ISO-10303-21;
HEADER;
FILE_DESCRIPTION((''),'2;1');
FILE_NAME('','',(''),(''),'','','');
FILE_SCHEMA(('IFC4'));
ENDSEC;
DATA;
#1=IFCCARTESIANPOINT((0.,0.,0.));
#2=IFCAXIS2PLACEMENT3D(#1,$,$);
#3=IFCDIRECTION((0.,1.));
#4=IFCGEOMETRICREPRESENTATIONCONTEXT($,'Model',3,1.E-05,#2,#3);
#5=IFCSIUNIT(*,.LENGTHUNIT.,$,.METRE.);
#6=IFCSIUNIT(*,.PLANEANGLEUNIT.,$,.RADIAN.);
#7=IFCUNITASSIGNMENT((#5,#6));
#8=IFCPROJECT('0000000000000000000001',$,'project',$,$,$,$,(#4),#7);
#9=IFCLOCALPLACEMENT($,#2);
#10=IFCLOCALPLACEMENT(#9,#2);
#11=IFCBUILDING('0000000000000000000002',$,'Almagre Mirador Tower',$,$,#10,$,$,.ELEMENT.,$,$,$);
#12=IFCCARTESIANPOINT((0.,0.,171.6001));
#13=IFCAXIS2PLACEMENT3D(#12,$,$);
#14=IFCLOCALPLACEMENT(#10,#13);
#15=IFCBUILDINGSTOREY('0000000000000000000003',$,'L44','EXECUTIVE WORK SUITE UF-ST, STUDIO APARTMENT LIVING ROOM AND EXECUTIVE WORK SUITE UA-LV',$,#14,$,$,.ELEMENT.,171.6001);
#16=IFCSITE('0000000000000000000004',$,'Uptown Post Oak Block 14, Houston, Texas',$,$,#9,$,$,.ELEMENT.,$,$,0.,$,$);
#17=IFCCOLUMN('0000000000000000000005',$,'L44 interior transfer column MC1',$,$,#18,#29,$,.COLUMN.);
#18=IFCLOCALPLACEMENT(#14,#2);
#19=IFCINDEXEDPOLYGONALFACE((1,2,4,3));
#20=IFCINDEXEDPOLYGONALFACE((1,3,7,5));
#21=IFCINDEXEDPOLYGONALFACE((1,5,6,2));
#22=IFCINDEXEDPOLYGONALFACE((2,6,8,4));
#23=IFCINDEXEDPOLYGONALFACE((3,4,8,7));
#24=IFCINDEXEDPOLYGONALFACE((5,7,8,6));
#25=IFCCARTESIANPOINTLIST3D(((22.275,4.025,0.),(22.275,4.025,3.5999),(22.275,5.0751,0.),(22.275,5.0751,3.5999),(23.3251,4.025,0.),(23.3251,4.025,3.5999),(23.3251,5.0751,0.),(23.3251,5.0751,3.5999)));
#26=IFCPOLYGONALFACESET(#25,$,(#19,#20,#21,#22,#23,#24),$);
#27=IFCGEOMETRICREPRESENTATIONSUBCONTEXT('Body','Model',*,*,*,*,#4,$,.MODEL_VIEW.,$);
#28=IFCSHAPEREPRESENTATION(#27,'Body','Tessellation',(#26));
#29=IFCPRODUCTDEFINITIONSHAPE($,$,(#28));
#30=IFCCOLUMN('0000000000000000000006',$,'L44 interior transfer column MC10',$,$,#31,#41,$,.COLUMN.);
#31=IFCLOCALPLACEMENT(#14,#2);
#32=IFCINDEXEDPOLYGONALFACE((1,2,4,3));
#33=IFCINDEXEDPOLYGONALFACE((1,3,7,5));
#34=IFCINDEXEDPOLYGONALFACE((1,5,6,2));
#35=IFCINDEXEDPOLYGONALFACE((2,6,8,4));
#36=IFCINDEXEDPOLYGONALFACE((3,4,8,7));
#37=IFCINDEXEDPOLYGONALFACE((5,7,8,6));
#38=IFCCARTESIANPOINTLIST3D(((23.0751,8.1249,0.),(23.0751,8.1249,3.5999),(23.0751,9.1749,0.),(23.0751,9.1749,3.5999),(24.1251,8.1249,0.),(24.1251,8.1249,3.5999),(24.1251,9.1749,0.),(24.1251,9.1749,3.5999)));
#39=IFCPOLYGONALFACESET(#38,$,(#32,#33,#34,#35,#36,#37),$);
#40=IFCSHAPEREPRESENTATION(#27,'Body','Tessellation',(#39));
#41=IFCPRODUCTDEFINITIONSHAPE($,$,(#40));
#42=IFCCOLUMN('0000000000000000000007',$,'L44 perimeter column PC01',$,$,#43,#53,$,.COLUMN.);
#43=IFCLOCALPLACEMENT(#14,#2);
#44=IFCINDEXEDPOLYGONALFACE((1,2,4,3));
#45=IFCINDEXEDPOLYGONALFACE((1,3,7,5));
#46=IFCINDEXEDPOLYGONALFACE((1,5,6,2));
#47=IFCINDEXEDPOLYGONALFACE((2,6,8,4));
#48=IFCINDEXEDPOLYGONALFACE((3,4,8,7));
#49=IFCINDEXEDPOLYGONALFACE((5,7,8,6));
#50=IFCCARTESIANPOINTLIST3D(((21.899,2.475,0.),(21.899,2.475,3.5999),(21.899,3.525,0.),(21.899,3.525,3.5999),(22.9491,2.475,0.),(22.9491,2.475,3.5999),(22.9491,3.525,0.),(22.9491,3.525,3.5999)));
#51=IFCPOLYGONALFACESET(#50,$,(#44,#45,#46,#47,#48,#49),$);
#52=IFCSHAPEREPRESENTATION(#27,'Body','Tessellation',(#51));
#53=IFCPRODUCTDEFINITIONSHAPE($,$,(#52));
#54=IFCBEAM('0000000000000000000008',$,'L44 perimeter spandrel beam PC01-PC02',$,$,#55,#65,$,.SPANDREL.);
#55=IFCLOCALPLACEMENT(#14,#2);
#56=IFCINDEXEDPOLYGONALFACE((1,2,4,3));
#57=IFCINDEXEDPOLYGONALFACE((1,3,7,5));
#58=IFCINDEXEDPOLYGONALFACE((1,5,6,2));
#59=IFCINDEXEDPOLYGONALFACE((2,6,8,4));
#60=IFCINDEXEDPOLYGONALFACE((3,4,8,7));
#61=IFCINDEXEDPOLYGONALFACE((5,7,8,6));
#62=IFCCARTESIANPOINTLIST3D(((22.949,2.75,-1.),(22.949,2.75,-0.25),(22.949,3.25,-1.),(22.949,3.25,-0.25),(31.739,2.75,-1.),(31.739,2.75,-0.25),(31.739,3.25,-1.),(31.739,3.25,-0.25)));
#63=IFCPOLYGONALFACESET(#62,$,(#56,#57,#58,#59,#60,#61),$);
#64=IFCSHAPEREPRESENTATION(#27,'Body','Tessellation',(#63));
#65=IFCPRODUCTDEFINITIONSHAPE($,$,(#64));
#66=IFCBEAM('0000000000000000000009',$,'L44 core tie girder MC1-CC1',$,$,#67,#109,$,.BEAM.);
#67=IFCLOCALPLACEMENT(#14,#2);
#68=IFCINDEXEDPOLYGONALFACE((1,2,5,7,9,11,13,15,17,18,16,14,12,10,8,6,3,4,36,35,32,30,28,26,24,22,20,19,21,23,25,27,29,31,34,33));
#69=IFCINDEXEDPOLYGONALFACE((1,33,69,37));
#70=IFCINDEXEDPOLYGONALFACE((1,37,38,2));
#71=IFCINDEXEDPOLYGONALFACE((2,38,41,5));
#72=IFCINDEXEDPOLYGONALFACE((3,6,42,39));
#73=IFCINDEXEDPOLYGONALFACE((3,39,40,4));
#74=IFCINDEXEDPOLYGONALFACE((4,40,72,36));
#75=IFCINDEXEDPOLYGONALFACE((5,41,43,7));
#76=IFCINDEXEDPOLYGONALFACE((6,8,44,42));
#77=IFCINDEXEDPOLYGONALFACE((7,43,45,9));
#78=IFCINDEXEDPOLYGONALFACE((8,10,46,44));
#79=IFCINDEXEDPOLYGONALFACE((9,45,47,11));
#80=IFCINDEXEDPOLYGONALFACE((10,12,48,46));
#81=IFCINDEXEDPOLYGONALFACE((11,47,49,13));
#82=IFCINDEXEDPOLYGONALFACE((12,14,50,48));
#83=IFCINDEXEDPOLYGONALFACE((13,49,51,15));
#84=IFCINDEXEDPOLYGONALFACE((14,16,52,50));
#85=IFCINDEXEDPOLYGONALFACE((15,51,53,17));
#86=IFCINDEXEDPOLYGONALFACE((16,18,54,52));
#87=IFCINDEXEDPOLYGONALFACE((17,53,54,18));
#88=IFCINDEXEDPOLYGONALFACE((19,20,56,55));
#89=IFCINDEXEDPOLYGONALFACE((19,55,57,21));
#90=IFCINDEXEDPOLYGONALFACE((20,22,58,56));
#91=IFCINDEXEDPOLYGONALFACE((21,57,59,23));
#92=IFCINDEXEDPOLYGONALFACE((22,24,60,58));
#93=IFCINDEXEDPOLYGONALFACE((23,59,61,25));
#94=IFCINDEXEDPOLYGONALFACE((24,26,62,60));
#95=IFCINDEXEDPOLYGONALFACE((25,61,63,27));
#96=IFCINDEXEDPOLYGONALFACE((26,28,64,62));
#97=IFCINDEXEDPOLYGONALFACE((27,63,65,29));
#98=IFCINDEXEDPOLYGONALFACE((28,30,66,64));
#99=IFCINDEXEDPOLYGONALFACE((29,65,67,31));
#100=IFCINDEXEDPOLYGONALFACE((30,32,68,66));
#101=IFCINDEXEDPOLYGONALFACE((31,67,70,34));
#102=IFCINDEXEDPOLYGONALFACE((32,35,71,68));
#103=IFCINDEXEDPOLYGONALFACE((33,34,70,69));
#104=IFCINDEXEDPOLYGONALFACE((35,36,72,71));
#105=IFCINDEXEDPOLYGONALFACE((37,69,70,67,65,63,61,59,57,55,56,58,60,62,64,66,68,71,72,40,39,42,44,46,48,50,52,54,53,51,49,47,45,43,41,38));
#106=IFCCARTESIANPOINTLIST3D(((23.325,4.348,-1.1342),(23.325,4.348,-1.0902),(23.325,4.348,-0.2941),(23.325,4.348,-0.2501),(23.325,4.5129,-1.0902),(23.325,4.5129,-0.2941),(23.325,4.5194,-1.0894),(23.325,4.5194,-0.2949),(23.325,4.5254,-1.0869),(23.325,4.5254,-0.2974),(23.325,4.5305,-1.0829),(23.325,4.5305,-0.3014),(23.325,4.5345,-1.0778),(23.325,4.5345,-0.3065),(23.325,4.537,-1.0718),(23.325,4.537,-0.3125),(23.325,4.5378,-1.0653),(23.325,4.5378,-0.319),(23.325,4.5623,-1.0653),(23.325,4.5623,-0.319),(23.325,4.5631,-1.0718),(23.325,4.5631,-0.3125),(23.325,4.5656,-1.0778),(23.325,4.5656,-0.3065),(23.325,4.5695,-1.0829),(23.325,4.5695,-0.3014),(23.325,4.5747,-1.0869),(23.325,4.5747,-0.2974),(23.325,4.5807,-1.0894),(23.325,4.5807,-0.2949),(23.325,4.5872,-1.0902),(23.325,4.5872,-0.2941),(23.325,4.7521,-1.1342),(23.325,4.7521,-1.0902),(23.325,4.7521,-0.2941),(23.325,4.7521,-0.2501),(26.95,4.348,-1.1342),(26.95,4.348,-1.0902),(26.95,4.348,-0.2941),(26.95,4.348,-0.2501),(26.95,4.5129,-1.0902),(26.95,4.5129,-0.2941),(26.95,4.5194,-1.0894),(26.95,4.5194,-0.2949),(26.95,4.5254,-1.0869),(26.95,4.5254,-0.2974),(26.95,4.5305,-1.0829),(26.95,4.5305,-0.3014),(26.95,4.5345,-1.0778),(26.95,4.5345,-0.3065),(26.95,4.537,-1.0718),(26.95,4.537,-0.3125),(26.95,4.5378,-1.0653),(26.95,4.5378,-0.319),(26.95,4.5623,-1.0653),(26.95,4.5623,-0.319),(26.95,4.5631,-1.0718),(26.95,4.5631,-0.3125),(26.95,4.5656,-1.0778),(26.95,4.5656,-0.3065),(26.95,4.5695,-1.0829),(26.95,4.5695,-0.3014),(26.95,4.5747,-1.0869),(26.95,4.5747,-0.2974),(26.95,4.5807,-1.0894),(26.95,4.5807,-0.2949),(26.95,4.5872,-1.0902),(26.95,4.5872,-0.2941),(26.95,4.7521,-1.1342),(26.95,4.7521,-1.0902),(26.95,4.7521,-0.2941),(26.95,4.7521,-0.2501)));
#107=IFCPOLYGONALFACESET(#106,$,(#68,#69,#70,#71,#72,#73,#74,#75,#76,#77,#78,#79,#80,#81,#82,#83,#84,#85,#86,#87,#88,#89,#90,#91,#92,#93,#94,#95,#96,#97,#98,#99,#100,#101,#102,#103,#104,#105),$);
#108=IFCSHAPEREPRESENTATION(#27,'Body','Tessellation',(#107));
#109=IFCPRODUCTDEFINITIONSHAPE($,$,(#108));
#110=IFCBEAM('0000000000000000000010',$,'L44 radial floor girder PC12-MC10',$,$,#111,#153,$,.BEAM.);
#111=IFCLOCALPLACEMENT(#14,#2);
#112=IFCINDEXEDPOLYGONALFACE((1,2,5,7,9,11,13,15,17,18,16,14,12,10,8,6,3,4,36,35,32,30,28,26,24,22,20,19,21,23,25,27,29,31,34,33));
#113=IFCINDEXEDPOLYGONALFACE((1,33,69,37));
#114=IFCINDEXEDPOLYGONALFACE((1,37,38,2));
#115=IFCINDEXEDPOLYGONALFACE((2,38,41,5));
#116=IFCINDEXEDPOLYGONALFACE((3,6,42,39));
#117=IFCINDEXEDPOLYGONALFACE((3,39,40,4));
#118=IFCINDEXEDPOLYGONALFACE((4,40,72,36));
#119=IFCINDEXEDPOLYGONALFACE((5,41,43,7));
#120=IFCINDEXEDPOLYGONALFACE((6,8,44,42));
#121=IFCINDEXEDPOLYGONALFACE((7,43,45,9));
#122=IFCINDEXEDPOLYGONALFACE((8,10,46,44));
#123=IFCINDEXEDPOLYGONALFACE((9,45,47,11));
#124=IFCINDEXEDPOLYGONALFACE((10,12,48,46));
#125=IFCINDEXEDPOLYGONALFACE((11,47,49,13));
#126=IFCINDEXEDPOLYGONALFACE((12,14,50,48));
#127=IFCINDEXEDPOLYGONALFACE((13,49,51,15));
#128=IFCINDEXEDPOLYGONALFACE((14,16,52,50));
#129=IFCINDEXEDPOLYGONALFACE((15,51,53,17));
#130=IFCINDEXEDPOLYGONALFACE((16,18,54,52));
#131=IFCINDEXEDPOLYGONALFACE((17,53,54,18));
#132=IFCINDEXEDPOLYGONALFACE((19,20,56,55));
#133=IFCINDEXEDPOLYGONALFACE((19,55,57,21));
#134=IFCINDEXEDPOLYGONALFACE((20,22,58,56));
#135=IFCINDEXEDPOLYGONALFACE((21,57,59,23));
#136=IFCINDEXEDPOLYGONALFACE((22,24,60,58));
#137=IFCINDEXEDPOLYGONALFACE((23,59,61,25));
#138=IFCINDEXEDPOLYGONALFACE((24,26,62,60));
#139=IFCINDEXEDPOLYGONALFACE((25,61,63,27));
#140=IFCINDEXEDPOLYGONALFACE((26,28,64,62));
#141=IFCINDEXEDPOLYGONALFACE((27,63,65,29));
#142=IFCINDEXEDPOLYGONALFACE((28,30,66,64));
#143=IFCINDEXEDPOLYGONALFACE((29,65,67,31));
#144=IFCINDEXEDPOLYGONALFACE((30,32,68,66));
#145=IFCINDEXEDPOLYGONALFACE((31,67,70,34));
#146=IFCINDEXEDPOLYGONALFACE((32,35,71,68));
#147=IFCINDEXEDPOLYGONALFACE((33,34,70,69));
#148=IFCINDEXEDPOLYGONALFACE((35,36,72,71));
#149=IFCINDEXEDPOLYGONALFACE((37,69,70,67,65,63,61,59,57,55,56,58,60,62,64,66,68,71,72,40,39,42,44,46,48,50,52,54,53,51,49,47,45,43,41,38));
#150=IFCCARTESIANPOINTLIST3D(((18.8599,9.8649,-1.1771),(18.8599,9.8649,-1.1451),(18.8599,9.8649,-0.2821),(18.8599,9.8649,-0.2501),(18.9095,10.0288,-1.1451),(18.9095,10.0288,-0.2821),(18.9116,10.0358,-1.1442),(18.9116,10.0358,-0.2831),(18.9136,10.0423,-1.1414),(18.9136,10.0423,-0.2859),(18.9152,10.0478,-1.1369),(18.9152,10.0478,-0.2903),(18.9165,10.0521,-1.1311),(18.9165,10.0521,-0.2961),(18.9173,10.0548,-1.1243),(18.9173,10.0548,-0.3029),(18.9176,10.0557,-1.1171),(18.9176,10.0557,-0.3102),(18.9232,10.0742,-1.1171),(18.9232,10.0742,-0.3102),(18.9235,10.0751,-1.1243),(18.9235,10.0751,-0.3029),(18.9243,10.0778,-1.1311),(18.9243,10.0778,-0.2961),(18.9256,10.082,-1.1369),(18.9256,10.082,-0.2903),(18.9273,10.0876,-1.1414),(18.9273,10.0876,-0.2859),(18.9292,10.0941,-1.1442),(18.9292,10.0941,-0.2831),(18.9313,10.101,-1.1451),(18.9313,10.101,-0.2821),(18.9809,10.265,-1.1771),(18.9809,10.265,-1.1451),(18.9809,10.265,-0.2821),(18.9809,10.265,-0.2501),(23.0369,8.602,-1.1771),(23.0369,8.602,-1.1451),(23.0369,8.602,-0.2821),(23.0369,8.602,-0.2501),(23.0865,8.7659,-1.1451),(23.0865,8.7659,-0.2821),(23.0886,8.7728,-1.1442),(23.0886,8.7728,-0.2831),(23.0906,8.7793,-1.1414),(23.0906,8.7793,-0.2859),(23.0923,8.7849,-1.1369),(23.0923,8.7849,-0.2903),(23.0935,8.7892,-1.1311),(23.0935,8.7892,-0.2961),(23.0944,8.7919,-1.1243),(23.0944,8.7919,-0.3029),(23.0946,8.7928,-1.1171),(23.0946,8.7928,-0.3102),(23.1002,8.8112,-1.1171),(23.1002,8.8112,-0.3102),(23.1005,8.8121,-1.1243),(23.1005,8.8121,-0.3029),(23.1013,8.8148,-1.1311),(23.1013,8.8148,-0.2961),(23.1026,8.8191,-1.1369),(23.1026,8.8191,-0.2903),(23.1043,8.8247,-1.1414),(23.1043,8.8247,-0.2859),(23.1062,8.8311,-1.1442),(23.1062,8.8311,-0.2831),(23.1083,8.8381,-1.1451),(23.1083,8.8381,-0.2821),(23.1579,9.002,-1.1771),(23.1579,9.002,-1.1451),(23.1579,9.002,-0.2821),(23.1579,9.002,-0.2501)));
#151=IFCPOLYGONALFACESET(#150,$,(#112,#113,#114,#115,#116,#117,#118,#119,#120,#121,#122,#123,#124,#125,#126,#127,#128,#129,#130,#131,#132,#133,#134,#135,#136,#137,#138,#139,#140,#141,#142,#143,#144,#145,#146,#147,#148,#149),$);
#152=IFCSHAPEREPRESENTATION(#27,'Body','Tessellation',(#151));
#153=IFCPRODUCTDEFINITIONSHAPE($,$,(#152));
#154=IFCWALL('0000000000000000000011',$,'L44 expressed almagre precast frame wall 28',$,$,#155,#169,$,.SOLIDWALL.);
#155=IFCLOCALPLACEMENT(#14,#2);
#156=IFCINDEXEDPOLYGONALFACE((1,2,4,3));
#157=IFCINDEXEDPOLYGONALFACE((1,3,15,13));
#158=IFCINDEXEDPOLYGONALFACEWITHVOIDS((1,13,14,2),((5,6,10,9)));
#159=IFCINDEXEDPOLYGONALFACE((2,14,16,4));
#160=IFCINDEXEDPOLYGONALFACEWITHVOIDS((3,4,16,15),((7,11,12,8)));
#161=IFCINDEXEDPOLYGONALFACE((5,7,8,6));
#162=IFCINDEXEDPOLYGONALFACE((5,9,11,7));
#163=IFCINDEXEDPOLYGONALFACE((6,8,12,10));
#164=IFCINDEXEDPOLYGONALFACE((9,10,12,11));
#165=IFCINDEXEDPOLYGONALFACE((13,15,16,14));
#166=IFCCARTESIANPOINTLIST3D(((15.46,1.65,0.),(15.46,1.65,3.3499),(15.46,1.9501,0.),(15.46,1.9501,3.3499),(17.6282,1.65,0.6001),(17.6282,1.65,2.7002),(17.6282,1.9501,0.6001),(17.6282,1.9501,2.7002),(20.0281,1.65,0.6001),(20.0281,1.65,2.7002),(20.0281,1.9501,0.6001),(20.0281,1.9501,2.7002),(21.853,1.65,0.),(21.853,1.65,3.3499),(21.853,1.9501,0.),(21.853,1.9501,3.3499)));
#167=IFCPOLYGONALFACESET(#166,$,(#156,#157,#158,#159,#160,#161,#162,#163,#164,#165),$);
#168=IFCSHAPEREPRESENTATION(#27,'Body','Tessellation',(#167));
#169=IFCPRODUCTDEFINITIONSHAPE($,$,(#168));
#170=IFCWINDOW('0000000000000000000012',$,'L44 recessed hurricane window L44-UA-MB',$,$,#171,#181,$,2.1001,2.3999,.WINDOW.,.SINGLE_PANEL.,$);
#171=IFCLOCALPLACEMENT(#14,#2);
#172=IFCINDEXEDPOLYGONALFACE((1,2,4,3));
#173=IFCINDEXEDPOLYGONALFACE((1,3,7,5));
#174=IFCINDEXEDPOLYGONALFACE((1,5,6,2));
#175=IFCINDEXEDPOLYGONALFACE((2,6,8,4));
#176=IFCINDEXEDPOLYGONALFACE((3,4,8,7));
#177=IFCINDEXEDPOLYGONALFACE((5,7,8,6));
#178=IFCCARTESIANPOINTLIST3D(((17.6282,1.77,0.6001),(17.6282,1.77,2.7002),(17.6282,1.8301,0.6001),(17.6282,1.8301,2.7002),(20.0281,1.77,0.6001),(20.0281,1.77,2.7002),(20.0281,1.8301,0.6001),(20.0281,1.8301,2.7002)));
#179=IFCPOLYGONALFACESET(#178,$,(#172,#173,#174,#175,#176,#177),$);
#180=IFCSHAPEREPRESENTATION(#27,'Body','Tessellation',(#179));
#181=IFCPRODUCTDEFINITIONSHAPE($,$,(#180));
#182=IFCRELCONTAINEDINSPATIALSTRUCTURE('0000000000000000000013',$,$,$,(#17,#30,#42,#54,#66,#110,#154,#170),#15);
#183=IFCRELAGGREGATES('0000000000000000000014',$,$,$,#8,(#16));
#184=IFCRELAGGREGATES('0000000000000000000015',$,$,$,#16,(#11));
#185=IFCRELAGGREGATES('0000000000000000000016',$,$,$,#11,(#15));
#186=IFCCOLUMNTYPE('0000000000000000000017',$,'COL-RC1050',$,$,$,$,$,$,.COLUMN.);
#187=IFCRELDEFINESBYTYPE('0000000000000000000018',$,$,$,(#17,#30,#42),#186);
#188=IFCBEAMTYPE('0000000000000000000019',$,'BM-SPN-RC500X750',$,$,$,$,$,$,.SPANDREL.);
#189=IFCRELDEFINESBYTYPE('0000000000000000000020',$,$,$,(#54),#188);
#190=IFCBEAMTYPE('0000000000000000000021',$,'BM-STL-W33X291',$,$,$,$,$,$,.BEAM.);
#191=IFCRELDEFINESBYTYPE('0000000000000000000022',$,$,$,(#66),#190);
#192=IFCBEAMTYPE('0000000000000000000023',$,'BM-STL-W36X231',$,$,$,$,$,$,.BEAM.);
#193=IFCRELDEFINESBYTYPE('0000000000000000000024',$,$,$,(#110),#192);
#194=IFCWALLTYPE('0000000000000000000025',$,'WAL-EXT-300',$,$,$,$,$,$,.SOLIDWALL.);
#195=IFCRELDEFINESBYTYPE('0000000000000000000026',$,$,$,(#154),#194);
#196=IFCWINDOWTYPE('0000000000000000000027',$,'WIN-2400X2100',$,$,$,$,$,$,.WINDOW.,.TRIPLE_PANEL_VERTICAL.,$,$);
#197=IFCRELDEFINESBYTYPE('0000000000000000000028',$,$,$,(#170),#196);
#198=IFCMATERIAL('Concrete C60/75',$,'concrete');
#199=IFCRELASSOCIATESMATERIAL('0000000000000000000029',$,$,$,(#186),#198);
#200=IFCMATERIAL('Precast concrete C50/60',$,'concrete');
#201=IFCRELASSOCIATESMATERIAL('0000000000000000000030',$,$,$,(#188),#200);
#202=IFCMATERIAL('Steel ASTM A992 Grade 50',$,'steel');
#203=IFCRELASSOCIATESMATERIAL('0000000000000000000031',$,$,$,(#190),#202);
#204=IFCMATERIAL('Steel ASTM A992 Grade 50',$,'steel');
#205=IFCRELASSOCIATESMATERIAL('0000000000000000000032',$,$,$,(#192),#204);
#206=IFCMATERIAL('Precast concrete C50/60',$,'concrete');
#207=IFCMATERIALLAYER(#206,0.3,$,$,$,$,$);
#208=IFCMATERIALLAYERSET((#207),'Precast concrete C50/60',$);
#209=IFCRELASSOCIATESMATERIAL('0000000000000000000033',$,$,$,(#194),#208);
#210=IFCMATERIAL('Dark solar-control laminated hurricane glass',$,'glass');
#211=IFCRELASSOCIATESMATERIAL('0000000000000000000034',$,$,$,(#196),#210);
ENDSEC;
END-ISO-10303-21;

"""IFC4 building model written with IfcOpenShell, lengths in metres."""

from ifc_helpers import new_model, si_unit, direction, frame, frame_2d, origin, origin_2d, place, context, subcontext, project, spatial, rectangle, i_section, extrude, material, layer, layer_set, material_profile, profile_set, type_object, element, fill, save


model = new_model("IFC4")

# Units and contexts
model_context = context("Model", 3, precision=1e-05, world=origin(), true_north=direction((0.0, 1.0)))
body_context = subcontext(model_context, "Body", "Model", "MODEL_VIEW")
ifc_project = project(units=[si_unit("LENGTHUNIT", "METRE"), si_unit("PLANEANGLEUNIT", "RADIAN")], contexts=[model_context])

# Site, building, storey
site_placement = place(None, origin())
site = spatial("IfcSite", under=ifc_project, at=site_placement, Name="Uptown Post Oak Block 14, Houston, Texas", CompositionType="ELEMENT", RefElevation=0.0)
building_placement = place(site_placement, origin())
building = spatial("IfcBuilding", under=site, at=building_placement, Name="Almagre Mirador Tower", CompositionType="ELEMENT")
storey_placement = place(building_placement, frame((0.0, 0.0, 171.6001)))
storey = spatial("IfcBuildingStorey", under=building, at=storey_placement, Name="L44", Description="EXECUTIVE WORK SUITE UF-ST, STUDIO APARTMENT LIVING ROOM AND EXECUTIVE WORK SUITE UA-LV", CompositionType="ELEMENT", Elevation=171.6001)

# Columns
ifc_material_1 = material(Name="Concrete C60/75", Category="concrete")
ifc_material_profile_1 = material_profile(ifc_material_1, rectangle(XDim=1.05, YDim=1.05, at=origin_2d()), Name="RC1050X1050")
ifc_profile_set_1 = profile_set([ifc_material_profile_1], Name="Concrete C60/75")
column_type = type_object("IfcColumnType", Name="COL-RC1050", PredefinedType="COLUMN", material=ifc_profile_set_1)
for number, where, z_axis, x_axis, name in (
    (1, (22.8, 4.55, 0.0), (0.0, 0.0, 1.0), (1.0, 0.0, 0.0), "L44 interior transfer column MC1"),
    (2, (23.6001, 8.6499, 0.0), (0.0, 0.0, 1.0), (1.0, 0.0, 0.0), "L44 interior transfer column MC10"),
    (3, (22.4241, 3.0, 0.0), (0.0, 0.0, 1.0), (1.0, 0.0, 0.0), "L44 perimeter column PC01"),
):
    element("IfcColumn", number, at=place(storey_placement, frame(where, z_axis=z_axis, x_axis=x_axis)), inside=storey, type_object=column_type, Name=name, PredefinedType="COLUMN", context=body_context, shape_type="SweptSolid", body=[
        extrude(rectangle(XDim=1.05, YDim=1.05, at=origin_2d()), origin(), (0.0, 0.0, 1.0), 3.5999),
    ])

# Beams
ifc_material_2 = material(Name="Precast concrete C50/60", Category="concrete")
ifc_material_profile_2 = material_profile(ifc_material_2, rectangle(XDim=0.5, YDim=0.75, at=origin_2d()), Name="RC500X750")
ifc_profile_set_2 = profile_set([ifc_material_profile_2], Name="Precast concrete C50/60")
beam_type_1 = type_object("IfcBeamType", Name="BM-SPN-RC500X750", PredefinedType="SPANDREL", material=ifc_profile_set_2)
beam_1_placement = place(storey_placement, frame((22.949, 3.0, -0.625), z_axis=(1.0, 0.0, 0.0), x_axis=(0.0, 1.0, 0.0)))
element("IfcBeam", 4, at=beam_1_placement, inside=storey, type_object=beam_type_1, Name="L44 perimeter spandrel beam PC01-PC02", PredefinedType="SPANDREL", context=body_context, shape_type="SweptSolid", body=[
    extrude(rectangle(XDim=0.5, YDim=0.75, at=origin_2d()), origin(), (0.0, 0.0, 1.0), 8.79),
])
ifc_material_3 = material(Name="Steel ASTM A992 Grade 50", Category="steel")
ifc_material_profile_3 = material_profile(ifc_material_3, i_section(OverallWidth=0.4041, OverallDepth=0.884, WebThickness=0.0244, FlangeThickness=0.0439, FilletRadius=0.0249, at=origin_2d()), Name="W33X291")
ifc_profile_set_3 = profile_set([ifc_material_profile_3], Name="Steel ASTM A992 Grade 50")
beam_type_2 = type_object("IfcBeamType", Name="BM-STL-W33X291", PredefinedType="BEAM", material=ifc_profile_set_3)
beam_2_placement = place(storey_placement, frame((23.325, 4.55, -0.6921), z_axis=(1.0, 0.0, 0.0), x_axis=(0.0, 1.0, 0.0)))
element("IfcBeam", 5, at=beam_2_placement, inside=storey, type_object=beam_type_2, Name="L44 core tie girder MC1-CC1", PredefinedType="BEAM", context=body_context, shape_type="SweptSolid", body=[
    extrude(i_section(OverallWidth=0.4041, OverallDepth=0.884, WebThickness=0.0244, FlangeThickness=0.0439, FilletRadius=0.0249, at=origin_2d()), origin(), (0.0, 0.0, 1.0), 3.625),
])
ifc_material_4 = material(Name="Steel ASTM A992 Grade 50", Category="steel")
ifc_material_profile_4 = material_profile(ifc_material_4, i_section(OverallWidth=0.418, OverallDepth=0.927, WebThickness=0.0193, FlangeThickness=0.032, FilletRadius=0.0281, at=origin_2d()), Name="W36X231")
ifc_profile_set_4 = profile_set([ifc_material_profile_4], Name="Steel ASTM A992 Grade 50")
beam_type_3 = type_object("IfcBeamType", Name="BM-STL-W36X231", PredefinedType="BEAM", material=ifc_profile_set_4)
beam_3_placement = place(storey_placement, frame((18.9204, 10.0649, -0.7136), z_axis=(0.957203, -0.289416, 0.0), x_axis=(0.289416, 0.957203, 0.0)))
element("IfcBeam", 6, at=beam_3_placement, inside=storey, type_object=beam_type_3, Name="L44 radial floor girder PC12-MC10", PredefinedType="BEAM", context=body_context, shape_type="SweptSolid", body=[
    extrude(i_section(OverallWidth=0.418, OverallDepth=0.927, WebThickness=0.0193, FlangeThickness=0.032, FilletRadius=0.0281, at=origin_2d()), origin(), (0.0, 0.0, 1.0), 4.3638),
])

# Wall, opening, window
ifc_material_5 = material(Name="Precast concrete C50/60", Category="concrete")
ifc_layer_1 = layer(ifc_material_5, 0.3)
ifc_layer_set_1 = layer_set([ifc_layer_1], Name="Precast concrete C50/60")
wall_type_1 = type_object("IfcWallType", Name="WAL-EXT-300", PredefinedType="SOLIDWALL", material=ifc_layer_set_1)
wall_1_placement = place(storey_placement, frame((21.853, 1.8, 0.0), z_axis=(0.0, 0.0, 1.0), x_axis=(-1.0, 0.0, 0.0)))
wall_1 = element("IfcWall", 7, at=wall_1_placement, inside=storey, type_object=wall_type_1, Name="L44 expressed almagre precast frame wall 28", PredefinedType="SOLIDWALL", context=body_context, shape_type="SweptSolid", body=[
    extrude(rectangle(XDim=6.3931, YDim=0.3, at=frame_2d((3.1965, 0.0))), origin(), (0.0, 0.0, 1.0), 3.3499),
])
opening_1_placement = place(wall_1_placement, frame((1.825, 0.0, 0.6001)))
opening_1 = element("IfcOpeningElement", 8, at=opening_1_placement, cuts=wall_1, PredefinedType="OPENING", context=body_context, shape_type="SweptSolid", body=[
    extrude(rectangle(XDim=2.3999, YDim=2.1001, at=frame_2d((1.2, 1.05))), frame((0.0, 0.1599, 0.0), z_axis=(0.0, -1.0, 0.0), x_axis=(1.0, 0.0, 0.0)), (0.0, 0.0, 1.0), 0.32),
])
ifc_material_6 = material(Name="Dark solar-control laminated hurricane glass", Category="glass")
window_type = type_object("IfcWindowType", Name="WIN-2400X2100", PartitioningType="TRIPLE_PANEL_VERTICAL", PredefinedType="WINDOW", material=ifc_material_6)
window_placement = place(opening_1_placement, origin())
window = element("IfcWindow", 9, at=window_placement, inside=storey, type_object=window_type, Name="L44 recessed hurricane window L44-UA-MB", OverallHeight=2.1001, OverallWidth=2.3999, PartitioningType="SINGLE_PANEL", PredefinedType="WINDOW", context=body_context, shape_type="SweptSolid", body=[
    extrude(rectangle(XDim=2.3999, YDim=2.1001, at=frame_2d((1.2, 1.05))), frame((0.0, 0.03, 0.0), z_axis=(0.0, -1.0, 0.0), x_axis=(1.0, 0.0, 0.0)), (0.0, 0.0, 1.0), 0.0601),
])
fill(opening_1, window)

save(model, "model.ifc")
